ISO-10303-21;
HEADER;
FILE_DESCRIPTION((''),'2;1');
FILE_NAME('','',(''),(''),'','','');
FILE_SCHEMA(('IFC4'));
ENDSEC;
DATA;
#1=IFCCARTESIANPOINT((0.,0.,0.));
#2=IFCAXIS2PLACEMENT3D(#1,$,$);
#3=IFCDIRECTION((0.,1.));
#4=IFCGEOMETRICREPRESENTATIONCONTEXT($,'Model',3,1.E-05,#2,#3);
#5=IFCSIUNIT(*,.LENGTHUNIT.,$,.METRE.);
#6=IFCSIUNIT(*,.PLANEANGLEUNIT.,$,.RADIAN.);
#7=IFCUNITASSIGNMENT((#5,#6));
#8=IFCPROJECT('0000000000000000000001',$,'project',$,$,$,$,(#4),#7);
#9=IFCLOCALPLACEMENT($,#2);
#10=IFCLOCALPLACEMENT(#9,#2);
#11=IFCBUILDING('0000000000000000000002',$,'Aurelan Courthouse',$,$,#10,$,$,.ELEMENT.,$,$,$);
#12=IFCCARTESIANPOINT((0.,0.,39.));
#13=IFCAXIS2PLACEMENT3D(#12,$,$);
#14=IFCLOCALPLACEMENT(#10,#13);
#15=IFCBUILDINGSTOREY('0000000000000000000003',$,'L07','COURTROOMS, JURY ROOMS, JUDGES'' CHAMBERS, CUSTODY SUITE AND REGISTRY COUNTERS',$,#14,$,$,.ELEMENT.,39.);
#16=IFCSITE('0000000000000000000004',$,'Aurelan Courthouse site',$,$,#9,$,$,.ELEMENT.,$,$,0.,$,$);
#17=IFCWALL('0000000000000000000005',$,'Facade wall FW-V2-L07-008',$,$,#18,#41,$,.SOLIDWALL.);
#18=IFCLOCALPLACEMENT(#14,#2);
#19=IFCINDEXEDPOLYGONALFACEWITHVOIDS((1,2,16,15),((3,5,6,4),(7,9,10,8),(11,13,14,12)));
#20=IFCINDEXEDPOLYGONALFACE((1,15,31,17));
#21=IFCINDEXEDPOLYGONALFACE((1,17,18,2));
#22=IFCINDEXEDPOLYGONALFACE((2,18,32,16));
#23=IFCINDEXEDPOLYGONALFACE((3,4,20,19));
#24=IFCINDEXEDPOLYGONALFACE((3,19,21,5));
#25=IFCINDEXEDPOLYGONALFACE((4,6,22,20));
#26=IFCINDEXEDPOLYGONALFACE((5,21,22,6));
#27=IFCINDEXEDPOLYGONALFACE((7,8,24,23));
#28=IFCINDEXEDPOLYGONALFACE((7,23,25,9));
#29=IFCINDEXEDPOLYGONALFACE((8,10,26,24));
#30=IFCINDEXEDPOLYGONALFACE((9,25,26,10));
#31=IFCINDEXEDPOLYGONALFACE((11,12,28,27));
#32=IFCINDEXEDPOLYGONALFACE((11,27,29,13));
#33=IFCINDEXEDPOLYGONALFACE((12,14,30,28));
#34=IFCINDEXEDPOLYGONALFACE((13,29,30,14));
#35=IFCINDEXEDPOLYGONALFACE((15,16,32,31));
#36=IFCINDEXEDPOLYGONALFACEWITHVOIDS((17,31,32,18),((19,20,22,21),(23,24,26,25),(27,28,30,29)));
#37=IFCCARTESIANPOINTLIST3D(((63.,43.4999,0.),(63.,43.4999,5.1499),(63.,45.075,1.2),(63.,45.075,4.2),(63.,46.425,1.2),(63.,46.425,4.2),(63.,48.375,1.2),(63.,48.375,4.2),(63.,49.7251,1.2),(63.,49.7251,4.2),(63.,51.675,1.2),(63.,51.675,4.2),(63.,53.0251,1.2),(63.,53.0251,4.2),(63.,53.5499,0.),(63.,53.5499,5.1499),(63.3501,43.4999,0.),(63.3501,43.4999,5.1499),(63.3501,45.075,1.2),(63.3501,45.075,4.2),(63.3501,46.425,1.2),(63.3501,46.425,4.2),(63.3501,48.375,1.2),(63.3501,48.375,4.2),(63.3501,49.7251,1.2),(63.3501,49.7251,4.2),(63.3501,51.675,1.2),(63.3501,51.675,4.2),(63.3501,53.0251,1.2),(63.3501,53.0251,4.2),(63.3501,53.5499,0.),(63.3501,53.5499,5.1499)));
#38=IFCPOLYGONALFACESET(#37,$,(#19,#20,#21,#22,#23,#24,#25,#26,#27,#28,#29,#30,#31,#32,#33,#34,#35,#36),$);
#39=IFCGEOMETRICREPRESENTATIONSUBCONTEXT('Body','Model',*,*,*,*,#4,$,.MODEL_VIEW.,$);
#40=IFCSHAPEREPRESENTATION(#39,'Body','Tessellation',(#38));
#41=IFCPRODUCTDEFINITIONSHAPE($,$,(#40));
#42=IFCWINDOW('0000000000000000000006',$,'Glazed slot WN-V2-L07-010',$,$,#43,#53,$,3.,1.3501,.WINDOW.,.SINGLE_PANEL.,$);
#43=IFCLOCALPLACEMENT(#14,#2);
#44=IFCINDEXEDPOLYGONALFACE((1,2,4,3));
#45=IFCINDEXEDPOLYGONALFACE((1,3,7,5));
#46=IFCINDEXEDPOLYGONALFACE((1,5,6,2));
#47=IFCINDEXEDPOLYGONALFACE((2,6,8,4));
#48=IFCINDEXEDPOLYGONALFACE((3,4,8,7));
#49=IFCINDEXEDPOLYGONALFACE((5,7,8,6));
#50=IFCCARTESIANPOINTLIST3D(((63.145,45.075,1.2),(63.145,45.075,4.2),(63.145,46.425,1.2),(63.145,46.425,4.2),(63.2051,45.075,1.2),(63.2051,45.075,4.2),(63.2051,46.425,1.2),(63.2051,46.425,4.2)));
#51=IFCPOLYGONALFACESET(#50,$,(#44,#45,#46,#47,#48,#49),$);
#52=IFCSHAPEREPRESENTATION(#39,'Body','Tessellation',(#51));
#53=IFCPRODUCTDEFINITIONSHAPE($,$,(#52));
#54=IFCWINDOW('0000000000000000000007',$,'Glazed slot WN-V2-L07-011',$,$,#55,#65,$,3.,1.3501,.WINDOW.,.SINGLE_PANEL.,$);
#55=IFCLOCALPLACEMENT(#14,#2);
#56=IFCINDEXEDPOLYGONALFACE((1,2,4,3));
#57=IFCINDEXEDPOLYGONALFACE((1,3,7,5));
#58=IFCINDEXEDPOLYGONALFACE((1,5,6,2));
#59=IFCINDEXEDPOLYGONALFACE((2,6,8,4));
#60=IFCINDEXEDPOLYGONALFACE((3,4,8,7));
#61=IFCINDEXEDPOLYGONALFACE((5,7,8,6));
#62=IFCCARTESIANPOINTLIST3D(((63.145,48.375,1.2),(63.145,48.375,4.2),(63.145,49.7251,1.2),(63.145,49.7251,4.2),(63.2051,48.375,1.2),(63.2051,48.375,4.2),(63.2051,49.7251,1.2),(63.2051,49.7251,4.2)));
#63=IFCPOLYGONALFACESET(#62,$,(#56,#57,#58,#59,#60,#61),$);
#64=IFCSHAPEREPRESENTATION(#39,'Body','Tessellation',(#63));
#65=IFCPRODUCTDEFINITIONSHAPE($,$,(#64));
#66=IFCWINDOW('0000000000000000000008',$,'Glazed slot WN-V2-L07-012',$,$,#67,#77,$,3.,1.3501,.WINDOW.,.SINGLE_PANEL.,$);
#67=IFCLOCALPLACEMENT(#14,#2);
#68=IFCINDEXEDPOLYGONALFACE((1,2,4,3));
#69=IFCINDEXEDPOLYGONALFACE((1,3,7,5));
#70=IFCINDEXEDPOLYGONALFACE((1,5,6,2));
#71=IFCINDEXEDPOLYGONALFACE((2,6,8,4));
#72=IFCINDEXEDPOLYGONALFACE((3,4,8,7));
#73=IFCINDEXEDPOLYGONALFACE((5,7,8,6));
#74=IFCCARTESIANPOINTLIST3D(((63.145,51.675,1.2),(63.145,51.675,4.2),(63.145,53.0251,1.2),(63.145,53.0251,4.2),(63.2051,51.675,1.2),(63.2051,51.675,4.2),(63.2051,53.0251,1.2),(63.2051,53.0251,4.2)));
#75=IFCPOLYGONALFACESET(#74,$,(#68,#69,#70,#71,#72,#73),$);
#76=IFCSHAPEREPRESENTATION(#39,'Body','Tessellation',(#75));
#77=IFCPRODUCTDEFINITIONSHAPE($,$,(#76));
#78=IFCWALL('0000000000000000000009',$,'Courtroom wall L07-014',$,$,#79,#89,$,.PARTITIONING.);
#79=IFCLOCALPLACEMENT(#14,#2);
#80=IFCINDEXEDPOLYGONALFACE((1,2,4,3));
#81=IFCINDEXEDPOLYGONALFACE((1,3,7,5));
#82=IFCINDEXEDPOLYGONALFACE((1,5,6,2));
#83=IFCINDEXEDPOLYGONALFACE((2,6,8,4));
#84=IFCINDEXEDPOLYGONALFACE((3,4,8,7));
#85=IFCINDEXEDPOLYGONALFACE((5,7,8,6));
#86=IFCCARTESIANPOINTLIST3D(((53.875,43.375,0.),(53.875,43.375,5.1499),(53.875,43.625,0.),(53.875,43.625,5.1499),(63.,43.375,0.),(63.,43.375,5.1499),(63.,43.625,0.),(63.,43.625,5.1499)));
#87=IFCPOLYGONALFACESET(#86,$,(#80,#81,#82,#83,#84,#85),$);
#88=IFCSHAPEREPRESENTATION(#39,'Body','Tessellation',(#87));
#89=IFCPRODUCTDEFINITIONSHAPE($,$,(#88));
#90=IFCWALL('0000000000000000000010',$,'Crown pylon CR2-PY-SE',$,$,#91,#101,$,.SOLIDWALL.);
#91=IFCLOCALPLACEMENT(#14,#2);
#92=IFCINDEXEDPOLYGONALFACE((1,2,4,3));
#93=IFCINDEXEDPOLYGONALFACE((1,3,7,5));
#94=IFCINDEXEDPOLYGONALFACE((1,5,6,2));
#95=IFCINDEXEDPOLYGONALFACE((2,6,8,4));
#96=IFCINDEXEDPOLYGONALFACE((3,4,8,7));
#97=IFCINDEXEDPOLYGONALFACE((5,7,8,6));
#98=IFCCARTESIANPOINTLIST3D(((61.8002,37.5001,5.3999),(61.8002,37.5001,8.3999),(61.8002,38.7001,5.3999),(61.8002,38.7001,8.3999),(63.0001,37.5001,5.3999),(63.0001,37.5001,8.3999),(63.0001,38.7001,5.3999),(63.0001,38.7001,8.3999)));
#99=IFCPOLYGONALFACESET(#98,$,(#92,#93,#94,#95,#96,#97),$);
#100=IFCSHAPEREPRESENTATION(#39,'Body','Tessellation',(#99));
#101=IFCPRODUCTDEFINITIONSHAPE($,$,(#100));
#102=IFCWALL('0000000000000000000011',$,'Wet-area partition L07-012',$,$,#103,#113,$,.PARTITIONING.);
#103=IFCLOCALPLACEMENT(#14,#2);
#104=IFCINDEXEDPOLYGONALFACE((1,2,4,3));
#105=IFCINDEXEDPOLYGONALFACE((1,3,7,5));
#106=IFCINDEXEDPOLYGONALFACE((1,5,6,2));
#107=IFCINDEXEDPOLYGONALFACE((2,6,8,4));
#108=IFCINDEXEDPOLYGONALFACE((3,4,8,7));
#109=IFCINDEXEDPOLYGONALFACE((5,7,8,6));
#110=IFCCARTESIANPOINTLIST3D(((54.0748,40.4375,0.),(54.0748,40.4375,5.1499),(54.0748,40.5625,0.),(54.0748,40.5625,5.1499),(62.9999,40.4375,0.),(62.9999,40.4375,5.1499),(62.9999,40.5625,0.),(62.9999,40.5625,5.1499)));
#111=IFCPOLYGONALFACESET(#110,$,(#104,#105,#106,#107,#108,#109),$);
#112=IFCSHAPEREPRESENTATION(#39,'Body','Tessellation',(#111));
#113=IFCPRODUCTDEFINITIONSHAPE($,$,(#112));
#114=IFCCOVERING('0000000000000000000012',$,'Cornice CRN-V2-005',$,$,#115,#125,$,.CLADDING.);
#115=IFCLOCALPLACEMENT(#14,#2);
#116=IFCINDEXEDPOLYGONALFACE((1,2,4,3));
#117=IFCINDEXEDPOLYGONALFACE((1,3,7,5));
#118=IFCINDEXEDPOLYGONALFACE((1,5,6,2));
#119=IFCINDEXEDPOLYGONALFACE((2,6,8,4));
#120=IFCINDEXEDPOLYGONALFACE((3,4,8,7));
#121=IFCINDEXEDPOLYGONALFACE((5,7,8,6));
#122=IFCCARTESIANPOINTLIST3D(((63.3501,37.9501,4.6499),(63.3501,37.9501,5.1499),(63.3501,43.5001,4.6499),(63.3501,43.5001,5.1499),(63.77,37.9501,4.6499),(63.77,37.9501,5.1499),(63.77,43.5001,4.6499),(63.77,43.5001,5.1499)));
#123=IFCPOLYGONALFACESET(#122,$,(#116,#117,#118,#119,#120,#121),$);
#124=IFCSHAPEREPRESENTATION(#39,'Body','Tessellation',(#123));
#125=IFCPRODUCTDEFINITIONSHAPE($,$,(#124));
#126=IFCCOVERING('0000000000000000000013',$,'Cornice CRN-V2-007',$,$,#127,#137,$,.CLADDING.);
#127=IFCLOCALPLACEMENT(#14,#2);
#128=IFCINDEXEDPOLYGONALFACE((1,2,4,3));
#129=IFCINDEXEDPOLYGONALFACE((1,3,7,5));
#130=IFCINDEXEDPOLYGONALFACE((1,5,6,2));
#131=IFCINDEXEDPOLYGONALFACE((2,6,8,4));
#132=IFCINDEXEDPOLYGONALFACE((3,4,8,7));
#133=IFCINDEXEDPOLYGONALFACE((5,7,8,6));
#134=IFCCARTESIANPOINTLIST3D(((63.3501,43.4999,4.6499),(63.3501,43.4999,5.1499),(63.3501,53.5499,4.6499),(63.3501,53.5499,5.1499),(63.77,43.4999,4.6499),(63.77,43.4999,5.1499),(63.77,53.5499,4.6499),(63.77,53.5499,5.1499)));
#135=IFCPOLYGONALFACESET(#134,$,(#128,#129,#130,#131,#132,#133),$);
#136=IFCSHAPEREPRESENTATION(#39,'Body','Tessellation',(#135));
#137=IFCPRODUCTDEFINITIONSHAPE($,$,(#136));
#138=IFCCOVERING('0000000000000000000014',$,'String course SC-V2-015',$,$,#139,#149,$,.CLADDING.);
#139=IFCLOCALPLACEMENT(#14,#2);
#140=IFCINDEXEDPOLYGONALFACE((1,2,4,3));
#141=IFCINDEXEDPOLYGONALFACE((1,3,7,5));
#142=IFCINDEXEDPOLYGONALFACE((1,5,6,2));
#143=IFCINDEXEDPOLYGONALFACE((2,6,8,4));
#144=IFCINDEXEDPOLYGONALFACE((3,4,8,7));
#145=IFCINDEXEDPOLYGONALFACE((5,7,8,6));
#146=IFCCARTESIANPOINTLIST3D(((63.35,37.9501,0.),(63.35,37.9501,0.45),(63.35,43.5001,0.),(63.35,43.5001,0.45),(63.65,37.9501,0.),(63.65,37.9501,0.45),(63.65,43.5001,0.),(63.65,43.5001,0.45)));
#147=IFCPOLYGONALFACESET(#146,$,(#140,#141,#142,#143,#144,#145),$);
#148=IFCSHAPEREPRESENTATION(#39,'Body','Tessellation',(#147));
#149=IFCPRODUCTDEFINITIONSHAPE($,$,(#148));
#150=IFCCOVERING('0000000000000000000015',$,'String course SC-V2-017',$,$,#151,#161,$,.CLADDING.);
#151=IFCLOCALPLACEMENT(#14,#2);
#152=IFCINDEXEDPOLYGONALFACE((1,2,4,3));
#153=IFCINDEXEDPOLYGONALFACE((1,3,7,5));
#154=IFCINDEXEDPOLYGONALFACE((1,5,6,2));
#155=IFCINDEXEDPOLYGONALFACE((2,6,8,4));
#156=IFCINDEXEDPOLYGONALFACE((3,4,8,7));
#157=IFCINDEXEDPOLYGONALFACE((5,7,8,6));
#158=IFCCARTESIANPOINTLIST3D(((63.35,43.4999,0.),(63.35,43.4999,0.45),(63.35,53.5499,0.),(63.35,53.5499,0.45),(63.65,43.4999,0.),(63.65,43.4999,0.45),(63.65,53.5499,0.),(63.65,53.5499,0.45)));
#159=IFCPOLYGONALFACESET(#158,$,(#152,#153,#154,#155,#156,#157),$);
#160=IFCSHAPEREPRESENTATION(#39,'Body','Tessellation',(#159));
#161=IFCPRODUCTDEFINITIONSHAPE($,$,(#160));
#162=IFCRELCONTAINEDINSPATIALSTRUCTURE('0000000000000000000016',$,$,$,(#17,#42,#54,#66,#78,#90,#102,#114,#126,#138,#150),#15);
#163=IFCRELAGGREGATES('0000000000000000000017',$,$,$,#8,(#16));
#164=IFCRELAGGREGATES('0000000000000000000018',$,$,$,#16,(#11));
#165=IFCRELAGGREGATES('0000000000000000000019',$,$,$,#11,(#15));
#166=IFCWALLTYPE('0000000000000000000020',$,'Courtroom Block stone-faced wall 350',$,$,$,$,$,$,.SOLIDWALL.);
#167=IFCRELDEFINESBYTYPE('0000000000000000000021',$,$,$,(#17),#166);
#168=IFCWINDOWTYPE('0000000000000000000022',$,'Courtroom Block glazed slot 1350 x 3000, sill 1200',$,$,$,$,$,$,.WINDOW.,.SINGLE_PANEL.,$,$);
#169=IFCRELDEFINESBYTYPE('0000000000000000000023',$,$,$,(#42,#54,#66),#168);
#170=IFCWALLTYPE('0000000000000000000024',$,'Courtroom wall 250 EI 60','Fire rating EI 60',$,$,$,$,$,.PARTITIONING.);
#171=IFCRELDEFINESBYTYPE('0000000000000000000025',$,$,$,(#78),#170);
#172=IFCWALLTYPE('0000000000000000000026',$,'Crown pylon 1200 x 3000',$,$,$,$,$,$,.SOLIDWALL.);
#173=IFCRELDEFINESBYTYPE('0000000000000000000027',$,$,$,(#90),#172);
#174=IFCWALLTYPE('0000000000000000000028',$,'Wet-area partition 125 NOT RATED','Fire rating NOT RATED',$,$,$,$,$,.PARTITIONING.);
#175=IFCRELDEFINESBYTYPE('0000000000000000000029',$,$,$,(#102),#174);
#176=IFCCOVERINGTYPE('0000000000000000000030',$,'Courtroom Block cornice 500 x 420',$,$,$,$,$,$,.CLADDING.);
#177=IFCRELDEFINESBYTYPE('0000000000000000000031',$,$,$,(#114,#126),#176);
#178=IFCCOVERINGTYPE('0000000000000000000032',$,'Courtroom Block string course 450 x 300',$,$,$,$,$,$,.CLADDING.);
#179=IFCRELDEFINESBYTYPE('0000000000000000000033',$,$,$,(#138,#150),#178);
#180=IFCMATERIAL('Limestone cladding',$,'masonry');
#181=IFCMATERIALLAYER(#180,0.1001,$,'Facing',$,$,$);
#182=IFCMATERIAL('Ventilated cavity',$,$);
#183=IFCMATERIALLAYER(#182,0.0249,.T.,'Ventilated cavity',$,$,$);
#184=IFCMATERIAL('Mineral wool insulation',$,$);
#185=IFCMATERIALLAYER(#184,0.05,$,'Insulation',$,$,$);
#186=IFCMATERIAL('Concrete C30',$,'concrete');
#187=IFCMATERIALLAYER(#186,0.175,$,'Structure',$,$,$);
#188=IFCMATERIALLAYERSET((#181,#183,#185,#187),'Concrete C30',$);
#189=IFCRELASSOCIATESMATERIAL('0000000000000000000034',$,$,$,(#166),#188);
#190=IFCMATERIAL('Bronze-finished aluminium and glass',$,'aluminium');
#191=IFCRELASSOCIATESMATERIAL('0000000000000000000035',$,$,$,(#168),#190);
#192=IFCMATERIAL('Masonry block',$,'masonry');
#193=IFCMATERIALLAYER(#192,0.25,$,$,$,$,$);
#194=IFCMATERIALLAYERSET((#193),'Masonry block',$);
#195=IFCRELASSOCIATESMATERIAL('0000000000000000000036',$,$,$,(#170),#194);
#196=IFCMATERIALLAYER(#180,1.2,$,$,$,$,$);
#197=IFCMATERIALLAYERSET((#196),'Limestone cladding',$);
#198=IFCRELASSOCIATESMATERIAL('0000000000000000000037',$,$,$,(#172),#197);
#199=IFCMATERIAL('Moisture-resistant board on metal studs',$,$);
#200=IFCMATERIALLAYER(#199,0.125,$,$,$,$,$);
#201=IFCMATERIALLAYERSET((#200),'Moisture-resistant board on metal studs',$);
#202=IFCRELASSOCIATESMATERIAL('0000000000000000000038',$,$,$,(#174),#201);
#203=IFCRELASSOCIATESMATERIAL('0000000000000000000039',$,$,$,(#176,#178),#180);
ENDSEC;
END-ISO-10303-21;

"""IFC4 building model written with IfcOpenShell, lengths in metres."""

from ifc_helpers import new_model, si_unit, direction, frame, frame_2d, origin, origin_2d, place, context, subcontext, project, spatial, rectangle, extrude, material, layer, layer_set, type_object, element, fill, save


model = new_model("IFC4")

# Units and contexts
model_context = context("Model", 3, precision=1e-05, world=origin(), true_north=direction((0.0, 1.0)))
body_context = subcontext(model_context, "Body", "Model", "MODEL_VIEW")
ifc_project = project(units=[si_unit("LENGTHUNIT", "METRE"), si_unit("PLANEANGLEUNIT", "RADIAN")], contexts=[model_context])

# Site, building, storey
site_placement = place(None, origin())
site = spatial("IfcSite", under=ifc_project, at=site_placement, Name="Aurelan Courthouse site", CompositionType="ELEMENT", RefElevation=0.0)
building_placement = place(site_placement, origin())
building = spatial("IfcBuilding", under=site, at=building_placement, Name="Aurelan Courthouse", CompositionType="ELEMENT")
storey_placement = place(building_placement, frame((0.0, 0.0, 39.0)))
storey = spatial("IfcBuildingStorey", under=building, at=storey_placement, Name="L07", Description="COURTROOMS, JURY ROOMS, JUDGES' CHAMBERS, CUSTODY SUITE AND REGISTRY COUNTERS", CompositionType="ELEMENT", Elevation=39.0)

# Shared definitions
ifc_material_1 = material(Name="Limestone cladding", Category="masonry")

# Wall, openings, windows
ifc_layer_1 = layer(ifc_material_1, 0.1001, Name="Facing")
ifc_material_2 = material(Name="Ventilated cavity")
ifc_layer_2 = layer(ifc_material_2, 0.0249, ventilated=True, Name="Ventilated cavity")
ifc_material_3 = material(Name="Mineral wool insulation")
ifc_layer_3 = layer(ifc_material_3, 0.05, Name="Insulation")
ifc_material_4 = material(Name="Concrete C30", Category="concrete")
ifc_layer_4 = layer(ifc_material_4, 0.175, Name="Structure")
ifc_layer_set_1 = layer_set([ifc_layer_1, ifc_layer_2, ifc_layer_3, ifc_layer_4], Name="Concrete C30")
wall_type_1 = type_object("IfcWallType", Name="Courtroom Block stone-faced wall 350", PredefinedType="SOLIDWALL", material=ifc_layer_set_1)
wall_1_placement = place(storey_placement, frame((63.175, 43.5, 0.0), z_axis=(0.0, 0.0, 1.0), x_axis=(0.0, 1.0, 0.0)))
wall_1 = element("IfcWall", 1, at=wall_1_placement, inside=storey, type_object=wall_type_1, Name="Facade wall FW-V2-L07-008", PredefinedType="SOLIDWALL", context=body_context, shape_type="SweptSolid", body=[
    extrude(rectangle(XDim=10.05, YDim=0.3501, at=frame_2d((5.0249, 0.0))), origin(), (0.0, 0.0, 1.0), 5.1499),
])
opening_1_placement = place(wall_1_placement, frame((1.575, 0.0, 1.2)))
opening_1 = element("IfcOpeningElement", 2, at=opening_1_placement, cuts=wall_1, PredefinedType="OPENING", context=body_context, shape_type="SweptSolid", body=[
    extrude(rectangle(XDim=1.3501, YDim=3.0, at=frame_2d((0.675, 1.5))), frame((0.0, 0.1851, 0.0), z_axis=(0.0, -1.0, 0.0), x_axis=(1.0, 0.0, 0.0)), (0.0, 0.0, 1.0), 0.3701),
])
opening_2_placement = place(wall_1_placement, frame((4.875, 0.0, 1.2)))
opening_2 = element("IfcOpeningElement", 3, at=opening_2_placement, cuts=wall_1, PredefinedType="OPENING", context=body_context, shape_type="SweptSolid", body=[
    extrude(rectangle(XDim=1.3501, YDim=3.0, at=frame_2d((0.675, 1.5))), frame((0.0, 0.1851, 0.0), z_axis=(0.0, -1.0, 0.0), x_axis=(1.0, 0.0, 0.0)), (0.0, 0.0, 1.0), 0.3701),
])
opening_3_placement = place(wall_1_placement, frame((8.175, 0.0, 1.2)))
opening_3 = element("IfcOpeningElement", 4, at=opening_3_placement, cuts=wall_1, PredefinedType="OPENING", context=body_context, shape_type="SweptSolid", body=[
    extrude(rectangle(XDim=1.3501, YDim=3.0, at=frame_2d((0.675, 1.5))), frame((0.0, 0.1851, 0.0), z_axis=(0.0, -1.0, 0.0), x_axis=(1.0, 0.0, 0.0)), (0.0, 0.0, 1.0), 0.3701),
])
ifc_material_5 = material(Name="Bronze-finished aluminium and glass", Category="aluminium")
window_type = type_object("IfcWindowType", Name="Courtroom Block glazed slot 1350 x 3000, sill 1200", PartitioningType="SINGLE_PANEL", PredefinedType="WINDOW", material=ifc_material_5)
window_1_placement = place(opening_1_placement, origin())
window_1 = element("IfcWindow", 5, at=window_1_placement, inside=storey, type_object=window_type, Name="Glazed slot WN-V2-L07-010", OverallHeight=3.0, OverallWidth=1.3501, PartitioningType="SINGLE_PANEL", PredefinedType="WINDOW", context=body_context, shape_type="SweptSolid", body=[
    extrude(rectangle(XDim=1.3501, YDim=3.0, at=frame_2d((0.675, 1.5))), frame((0.0, 0.03, 0.0), z_axis=(0.0, -1.0, 0.0), x_axis=(1.0, 0.0, 0.0)), (0.0, 0.0, 1.0), 0.0601),
])
fill(opening_1, window_1)
window_2_placement = place(opening_2_placement, origin())
window_2 = element("IfcWindow", 6, at=window_2_placement, inside=storey, type_object=window_type, Name="Glazed slot WN-V2-L07-011", OverallHeight=3.0, OverallWidth=1.3501, PartitioningType="SINGLE_PANEL", PredefinedType="WINDOW", context=body_context, shape_type="SweptSolid", body=[
    extrude(rectangle(XDim=1.3501, YDim=3.0, at=frame_2d((0.675, 1.5))), frame((0.0, 0.03, 0.0), z_axis=(0.0, -1.0, 0.0), x_axis=(1.0, 0.0, 0.0)), (0.0, 0.0, 1.0), 0.0601),
])
fill(opening_2, window_2)
window_3_placement = place(opening_3_placement, origin())
window_3 = element("IfcWindow", 7, at=window_3_placement, inside=storey, type_object=window_type, Name="Glazed slot WN-V2-L07-012", OverallHeight=3.0, OverallWidth=1.3501, PartitioningType="SINGLE_PANEL", PredefinedType="WINDOW", context=body_context, shape_type="SweptSolid", body=[
    extrude(rectangle(XDim=1.3501, YDim=3.0, at=frame_2d((0.675, 1.5))), frame((0.0, 0.03, 0.0), z_axis=(0.0, -1.0, 0.0), x_axis=(1.0, 0.0, 0.0)), (0.0, 0.0, 1.0), 0.0601),
])
fill(opening_3, window_3)

# Wall
ifc_material_6 = material(Name="Masonry block", Category="masonry")
ifc_layer_5 = layer(ifc_material_6, 0.25)
ifc_layer_set_2 = layer_set([ifc_layer_5], Name="Masonry block")
wall_type_2 = type_object("IfcWallType", Name="Courtroom wall 250 EI 60", Description="Fire rating EI 60", PredefinedType="PARTITIONING", material=ifc_layer_set_2)
wall_2_placement = place(storey_placement, frame((53.875, 43.5, 0.0), z_axis=(0.0, 0.0, 1.0), x_axis=(1.0, 0.0, 0.0)))
element("IfcWall", 8, at=wall_2_placement, inside=storey, type_object=wall_type_2, Name="Courtroom wall L07-014", PredefinedType="PARTITIONING", context=body_context, shape_type="SweptSolid", body=[
    extrude(rectangle(XDim=9.125, YDim=0.25, at=frame_2d((4.5625, 0.0))), origin(), (0.0, 0.0, 1.0), 5.1499),
])

# Walls
ifc_layer_6 = layer(ifc_material_1, 1.2)
ifc_layer_set_3 = layer_set([ifc_layer_6], Name="Limestone cladding")
wall_type_3 = type_object("IfcWallType", Name="Crown pylon 1200 x 3000", PredefinedType="SOLIDWALL", material=ifc_layer_set_3)
wall_3_placement = place(storey_placement, frame((61.8, 38.1001, 5.3999), z_axis=(0.0, 0.0, 1.0), x_axis=(1.0, 0.0, 0.0)))
element("IfcWall", 9, at=wall_3_placement, inside=storey, type_object=wall_type_3, Name="Crown pylon CR2-PY-SE", PredefinedType="SOLIDWALL", context=body_context, shape_type="SweptSolid", body=[
    extrude(rectangle(XDim=1.2, YDim=1.2, at=frame_2d((0.6001, 0.0))), origin(), (0.0, 0.0, 1.0), 3.0),
])
ifc_material_7 = material(Name="Moisture-resistant board on metal studs")
ifc_layer_7 = layer(ifc_material_7, 0.125)
ifc_layer_set_4 = layer_set([ifc_layer_7], Name="Moisture-resistant board on metal studs")
wall_type_4 = type_object("IfcWallType", Name="Wet-area partition 125 NOT RATED", Description="Fire rating NOT RATED", PredefinedType="PARTITIONING", material=ifc_layer_set_4)
wall_4_placement = place(storey_placement, frame((54.075, 40.5, 0.0), z_axis=(0.0, 0.0, 1.0), x_axis=(1.0, 0.0, 0.0)))
element("IfcWall", 10, at=wall_4_placement, inside=storey, type_object=wall_type_4, Name="Wet-area partition L07-012", PredefinedType="PARTITIONING", context=body_context, shape_type="SweptSolid", body=[
    extrude(rectangle(XDim=8.925, YDim=0.125, at=frame_2d((4.4624, 0.0))), origin(), (0.0, 0.0, 1.0), 5.1499),
])

# Coverings
covering_type_1 = type_object("IfcCoveringType", Name="Courtroom Block cornice 500 x 420", PredefinedType="CLADDING", material=ifc_material_1)
covering_1_placement = place(storey_placement, frame((63.5601, 40.7251, 4.6499), z_axis=(0.0, 0.0, 1.0), x_axis=(1.0, 0.0, 0.0)))
element("IfcCovering", 11, at=covering_1_placement, inside=storey, type_object=covering_type_1, Name="Cornice CRN-V2-005", PredefinedType="CLADDING", context=body_context, shape_type="SweptSolid", body=[
    extrude(rectangle(XDim=0.4199, YDim=5.55, at=origin_2d()), origin(), (0.0, 0.0, 1.0), 0.5),
])
covering_2_placement = place(storey_placement, frame((63.5601, 48.5249, 4.6499), z_axis=(0.0, 0.0, 1.0), x_axis=(1.0, 0.0, 0.0)))
element("IfcCovering", 12, at=covering_2_placement, inside=storey, type_object=covering_type_1, Name="Cornice CRN-V2-007", PredefinedType="CLADDING", context=body_context, shape_type="SweptSolid", body=[
    extrude(rectangle(XDim=0.4199, YDim=10.05, at=origin_2d()), origin(), (0.0, 0.0, 1.0), 0.5),
])
covering_type_2 = type_object("IfcCoveringType", Name="Courtroom Block string course 450 x 300", PredefinedType="CLADDING", material=ifc_material_1)
covering_3_placement = place(storey_placement, frame((63.5, 40.7251, 0.0), z_axis=(0.0, 0.0, 1.0), x_axis=(1.0, 0.0, 0.0)))
element("IfcCovering", 13, at=covering_3_placement, inside=storey, type_object=covering_type_2, Name="String course SC-V2-015", PredefinedType="CLADDING", context=body_context, shape_type="SweptSolid", body=[
    extrude(rectangle(XDim=0.3, YDim=5.55, at=origin_2d()), origin(), (0.0, 0.0, 1.0), 0.45),
])
covering_4_placement = place(storey_placement, frame((63.5, 48.5249, 0.0), z_axis=(0.0, 0.0, 1.0), x_axis=(1.0, 0.0, 0.0)))
element("IfcCovering", 14, at=covering_4_placement, inside=storey, type_object=covering_type_2, Name="String course SC-V2-017", PredefinedType="CLADDING", context=body_context, shape_type="SweptSolid", body=[
    extrude(rectangle(XDim=0.3, YDim=10.05, at=origin_2d()), origin(), (0.0, 0.0, 1.0), 0.45),
])

save(model, "model.ifc")
